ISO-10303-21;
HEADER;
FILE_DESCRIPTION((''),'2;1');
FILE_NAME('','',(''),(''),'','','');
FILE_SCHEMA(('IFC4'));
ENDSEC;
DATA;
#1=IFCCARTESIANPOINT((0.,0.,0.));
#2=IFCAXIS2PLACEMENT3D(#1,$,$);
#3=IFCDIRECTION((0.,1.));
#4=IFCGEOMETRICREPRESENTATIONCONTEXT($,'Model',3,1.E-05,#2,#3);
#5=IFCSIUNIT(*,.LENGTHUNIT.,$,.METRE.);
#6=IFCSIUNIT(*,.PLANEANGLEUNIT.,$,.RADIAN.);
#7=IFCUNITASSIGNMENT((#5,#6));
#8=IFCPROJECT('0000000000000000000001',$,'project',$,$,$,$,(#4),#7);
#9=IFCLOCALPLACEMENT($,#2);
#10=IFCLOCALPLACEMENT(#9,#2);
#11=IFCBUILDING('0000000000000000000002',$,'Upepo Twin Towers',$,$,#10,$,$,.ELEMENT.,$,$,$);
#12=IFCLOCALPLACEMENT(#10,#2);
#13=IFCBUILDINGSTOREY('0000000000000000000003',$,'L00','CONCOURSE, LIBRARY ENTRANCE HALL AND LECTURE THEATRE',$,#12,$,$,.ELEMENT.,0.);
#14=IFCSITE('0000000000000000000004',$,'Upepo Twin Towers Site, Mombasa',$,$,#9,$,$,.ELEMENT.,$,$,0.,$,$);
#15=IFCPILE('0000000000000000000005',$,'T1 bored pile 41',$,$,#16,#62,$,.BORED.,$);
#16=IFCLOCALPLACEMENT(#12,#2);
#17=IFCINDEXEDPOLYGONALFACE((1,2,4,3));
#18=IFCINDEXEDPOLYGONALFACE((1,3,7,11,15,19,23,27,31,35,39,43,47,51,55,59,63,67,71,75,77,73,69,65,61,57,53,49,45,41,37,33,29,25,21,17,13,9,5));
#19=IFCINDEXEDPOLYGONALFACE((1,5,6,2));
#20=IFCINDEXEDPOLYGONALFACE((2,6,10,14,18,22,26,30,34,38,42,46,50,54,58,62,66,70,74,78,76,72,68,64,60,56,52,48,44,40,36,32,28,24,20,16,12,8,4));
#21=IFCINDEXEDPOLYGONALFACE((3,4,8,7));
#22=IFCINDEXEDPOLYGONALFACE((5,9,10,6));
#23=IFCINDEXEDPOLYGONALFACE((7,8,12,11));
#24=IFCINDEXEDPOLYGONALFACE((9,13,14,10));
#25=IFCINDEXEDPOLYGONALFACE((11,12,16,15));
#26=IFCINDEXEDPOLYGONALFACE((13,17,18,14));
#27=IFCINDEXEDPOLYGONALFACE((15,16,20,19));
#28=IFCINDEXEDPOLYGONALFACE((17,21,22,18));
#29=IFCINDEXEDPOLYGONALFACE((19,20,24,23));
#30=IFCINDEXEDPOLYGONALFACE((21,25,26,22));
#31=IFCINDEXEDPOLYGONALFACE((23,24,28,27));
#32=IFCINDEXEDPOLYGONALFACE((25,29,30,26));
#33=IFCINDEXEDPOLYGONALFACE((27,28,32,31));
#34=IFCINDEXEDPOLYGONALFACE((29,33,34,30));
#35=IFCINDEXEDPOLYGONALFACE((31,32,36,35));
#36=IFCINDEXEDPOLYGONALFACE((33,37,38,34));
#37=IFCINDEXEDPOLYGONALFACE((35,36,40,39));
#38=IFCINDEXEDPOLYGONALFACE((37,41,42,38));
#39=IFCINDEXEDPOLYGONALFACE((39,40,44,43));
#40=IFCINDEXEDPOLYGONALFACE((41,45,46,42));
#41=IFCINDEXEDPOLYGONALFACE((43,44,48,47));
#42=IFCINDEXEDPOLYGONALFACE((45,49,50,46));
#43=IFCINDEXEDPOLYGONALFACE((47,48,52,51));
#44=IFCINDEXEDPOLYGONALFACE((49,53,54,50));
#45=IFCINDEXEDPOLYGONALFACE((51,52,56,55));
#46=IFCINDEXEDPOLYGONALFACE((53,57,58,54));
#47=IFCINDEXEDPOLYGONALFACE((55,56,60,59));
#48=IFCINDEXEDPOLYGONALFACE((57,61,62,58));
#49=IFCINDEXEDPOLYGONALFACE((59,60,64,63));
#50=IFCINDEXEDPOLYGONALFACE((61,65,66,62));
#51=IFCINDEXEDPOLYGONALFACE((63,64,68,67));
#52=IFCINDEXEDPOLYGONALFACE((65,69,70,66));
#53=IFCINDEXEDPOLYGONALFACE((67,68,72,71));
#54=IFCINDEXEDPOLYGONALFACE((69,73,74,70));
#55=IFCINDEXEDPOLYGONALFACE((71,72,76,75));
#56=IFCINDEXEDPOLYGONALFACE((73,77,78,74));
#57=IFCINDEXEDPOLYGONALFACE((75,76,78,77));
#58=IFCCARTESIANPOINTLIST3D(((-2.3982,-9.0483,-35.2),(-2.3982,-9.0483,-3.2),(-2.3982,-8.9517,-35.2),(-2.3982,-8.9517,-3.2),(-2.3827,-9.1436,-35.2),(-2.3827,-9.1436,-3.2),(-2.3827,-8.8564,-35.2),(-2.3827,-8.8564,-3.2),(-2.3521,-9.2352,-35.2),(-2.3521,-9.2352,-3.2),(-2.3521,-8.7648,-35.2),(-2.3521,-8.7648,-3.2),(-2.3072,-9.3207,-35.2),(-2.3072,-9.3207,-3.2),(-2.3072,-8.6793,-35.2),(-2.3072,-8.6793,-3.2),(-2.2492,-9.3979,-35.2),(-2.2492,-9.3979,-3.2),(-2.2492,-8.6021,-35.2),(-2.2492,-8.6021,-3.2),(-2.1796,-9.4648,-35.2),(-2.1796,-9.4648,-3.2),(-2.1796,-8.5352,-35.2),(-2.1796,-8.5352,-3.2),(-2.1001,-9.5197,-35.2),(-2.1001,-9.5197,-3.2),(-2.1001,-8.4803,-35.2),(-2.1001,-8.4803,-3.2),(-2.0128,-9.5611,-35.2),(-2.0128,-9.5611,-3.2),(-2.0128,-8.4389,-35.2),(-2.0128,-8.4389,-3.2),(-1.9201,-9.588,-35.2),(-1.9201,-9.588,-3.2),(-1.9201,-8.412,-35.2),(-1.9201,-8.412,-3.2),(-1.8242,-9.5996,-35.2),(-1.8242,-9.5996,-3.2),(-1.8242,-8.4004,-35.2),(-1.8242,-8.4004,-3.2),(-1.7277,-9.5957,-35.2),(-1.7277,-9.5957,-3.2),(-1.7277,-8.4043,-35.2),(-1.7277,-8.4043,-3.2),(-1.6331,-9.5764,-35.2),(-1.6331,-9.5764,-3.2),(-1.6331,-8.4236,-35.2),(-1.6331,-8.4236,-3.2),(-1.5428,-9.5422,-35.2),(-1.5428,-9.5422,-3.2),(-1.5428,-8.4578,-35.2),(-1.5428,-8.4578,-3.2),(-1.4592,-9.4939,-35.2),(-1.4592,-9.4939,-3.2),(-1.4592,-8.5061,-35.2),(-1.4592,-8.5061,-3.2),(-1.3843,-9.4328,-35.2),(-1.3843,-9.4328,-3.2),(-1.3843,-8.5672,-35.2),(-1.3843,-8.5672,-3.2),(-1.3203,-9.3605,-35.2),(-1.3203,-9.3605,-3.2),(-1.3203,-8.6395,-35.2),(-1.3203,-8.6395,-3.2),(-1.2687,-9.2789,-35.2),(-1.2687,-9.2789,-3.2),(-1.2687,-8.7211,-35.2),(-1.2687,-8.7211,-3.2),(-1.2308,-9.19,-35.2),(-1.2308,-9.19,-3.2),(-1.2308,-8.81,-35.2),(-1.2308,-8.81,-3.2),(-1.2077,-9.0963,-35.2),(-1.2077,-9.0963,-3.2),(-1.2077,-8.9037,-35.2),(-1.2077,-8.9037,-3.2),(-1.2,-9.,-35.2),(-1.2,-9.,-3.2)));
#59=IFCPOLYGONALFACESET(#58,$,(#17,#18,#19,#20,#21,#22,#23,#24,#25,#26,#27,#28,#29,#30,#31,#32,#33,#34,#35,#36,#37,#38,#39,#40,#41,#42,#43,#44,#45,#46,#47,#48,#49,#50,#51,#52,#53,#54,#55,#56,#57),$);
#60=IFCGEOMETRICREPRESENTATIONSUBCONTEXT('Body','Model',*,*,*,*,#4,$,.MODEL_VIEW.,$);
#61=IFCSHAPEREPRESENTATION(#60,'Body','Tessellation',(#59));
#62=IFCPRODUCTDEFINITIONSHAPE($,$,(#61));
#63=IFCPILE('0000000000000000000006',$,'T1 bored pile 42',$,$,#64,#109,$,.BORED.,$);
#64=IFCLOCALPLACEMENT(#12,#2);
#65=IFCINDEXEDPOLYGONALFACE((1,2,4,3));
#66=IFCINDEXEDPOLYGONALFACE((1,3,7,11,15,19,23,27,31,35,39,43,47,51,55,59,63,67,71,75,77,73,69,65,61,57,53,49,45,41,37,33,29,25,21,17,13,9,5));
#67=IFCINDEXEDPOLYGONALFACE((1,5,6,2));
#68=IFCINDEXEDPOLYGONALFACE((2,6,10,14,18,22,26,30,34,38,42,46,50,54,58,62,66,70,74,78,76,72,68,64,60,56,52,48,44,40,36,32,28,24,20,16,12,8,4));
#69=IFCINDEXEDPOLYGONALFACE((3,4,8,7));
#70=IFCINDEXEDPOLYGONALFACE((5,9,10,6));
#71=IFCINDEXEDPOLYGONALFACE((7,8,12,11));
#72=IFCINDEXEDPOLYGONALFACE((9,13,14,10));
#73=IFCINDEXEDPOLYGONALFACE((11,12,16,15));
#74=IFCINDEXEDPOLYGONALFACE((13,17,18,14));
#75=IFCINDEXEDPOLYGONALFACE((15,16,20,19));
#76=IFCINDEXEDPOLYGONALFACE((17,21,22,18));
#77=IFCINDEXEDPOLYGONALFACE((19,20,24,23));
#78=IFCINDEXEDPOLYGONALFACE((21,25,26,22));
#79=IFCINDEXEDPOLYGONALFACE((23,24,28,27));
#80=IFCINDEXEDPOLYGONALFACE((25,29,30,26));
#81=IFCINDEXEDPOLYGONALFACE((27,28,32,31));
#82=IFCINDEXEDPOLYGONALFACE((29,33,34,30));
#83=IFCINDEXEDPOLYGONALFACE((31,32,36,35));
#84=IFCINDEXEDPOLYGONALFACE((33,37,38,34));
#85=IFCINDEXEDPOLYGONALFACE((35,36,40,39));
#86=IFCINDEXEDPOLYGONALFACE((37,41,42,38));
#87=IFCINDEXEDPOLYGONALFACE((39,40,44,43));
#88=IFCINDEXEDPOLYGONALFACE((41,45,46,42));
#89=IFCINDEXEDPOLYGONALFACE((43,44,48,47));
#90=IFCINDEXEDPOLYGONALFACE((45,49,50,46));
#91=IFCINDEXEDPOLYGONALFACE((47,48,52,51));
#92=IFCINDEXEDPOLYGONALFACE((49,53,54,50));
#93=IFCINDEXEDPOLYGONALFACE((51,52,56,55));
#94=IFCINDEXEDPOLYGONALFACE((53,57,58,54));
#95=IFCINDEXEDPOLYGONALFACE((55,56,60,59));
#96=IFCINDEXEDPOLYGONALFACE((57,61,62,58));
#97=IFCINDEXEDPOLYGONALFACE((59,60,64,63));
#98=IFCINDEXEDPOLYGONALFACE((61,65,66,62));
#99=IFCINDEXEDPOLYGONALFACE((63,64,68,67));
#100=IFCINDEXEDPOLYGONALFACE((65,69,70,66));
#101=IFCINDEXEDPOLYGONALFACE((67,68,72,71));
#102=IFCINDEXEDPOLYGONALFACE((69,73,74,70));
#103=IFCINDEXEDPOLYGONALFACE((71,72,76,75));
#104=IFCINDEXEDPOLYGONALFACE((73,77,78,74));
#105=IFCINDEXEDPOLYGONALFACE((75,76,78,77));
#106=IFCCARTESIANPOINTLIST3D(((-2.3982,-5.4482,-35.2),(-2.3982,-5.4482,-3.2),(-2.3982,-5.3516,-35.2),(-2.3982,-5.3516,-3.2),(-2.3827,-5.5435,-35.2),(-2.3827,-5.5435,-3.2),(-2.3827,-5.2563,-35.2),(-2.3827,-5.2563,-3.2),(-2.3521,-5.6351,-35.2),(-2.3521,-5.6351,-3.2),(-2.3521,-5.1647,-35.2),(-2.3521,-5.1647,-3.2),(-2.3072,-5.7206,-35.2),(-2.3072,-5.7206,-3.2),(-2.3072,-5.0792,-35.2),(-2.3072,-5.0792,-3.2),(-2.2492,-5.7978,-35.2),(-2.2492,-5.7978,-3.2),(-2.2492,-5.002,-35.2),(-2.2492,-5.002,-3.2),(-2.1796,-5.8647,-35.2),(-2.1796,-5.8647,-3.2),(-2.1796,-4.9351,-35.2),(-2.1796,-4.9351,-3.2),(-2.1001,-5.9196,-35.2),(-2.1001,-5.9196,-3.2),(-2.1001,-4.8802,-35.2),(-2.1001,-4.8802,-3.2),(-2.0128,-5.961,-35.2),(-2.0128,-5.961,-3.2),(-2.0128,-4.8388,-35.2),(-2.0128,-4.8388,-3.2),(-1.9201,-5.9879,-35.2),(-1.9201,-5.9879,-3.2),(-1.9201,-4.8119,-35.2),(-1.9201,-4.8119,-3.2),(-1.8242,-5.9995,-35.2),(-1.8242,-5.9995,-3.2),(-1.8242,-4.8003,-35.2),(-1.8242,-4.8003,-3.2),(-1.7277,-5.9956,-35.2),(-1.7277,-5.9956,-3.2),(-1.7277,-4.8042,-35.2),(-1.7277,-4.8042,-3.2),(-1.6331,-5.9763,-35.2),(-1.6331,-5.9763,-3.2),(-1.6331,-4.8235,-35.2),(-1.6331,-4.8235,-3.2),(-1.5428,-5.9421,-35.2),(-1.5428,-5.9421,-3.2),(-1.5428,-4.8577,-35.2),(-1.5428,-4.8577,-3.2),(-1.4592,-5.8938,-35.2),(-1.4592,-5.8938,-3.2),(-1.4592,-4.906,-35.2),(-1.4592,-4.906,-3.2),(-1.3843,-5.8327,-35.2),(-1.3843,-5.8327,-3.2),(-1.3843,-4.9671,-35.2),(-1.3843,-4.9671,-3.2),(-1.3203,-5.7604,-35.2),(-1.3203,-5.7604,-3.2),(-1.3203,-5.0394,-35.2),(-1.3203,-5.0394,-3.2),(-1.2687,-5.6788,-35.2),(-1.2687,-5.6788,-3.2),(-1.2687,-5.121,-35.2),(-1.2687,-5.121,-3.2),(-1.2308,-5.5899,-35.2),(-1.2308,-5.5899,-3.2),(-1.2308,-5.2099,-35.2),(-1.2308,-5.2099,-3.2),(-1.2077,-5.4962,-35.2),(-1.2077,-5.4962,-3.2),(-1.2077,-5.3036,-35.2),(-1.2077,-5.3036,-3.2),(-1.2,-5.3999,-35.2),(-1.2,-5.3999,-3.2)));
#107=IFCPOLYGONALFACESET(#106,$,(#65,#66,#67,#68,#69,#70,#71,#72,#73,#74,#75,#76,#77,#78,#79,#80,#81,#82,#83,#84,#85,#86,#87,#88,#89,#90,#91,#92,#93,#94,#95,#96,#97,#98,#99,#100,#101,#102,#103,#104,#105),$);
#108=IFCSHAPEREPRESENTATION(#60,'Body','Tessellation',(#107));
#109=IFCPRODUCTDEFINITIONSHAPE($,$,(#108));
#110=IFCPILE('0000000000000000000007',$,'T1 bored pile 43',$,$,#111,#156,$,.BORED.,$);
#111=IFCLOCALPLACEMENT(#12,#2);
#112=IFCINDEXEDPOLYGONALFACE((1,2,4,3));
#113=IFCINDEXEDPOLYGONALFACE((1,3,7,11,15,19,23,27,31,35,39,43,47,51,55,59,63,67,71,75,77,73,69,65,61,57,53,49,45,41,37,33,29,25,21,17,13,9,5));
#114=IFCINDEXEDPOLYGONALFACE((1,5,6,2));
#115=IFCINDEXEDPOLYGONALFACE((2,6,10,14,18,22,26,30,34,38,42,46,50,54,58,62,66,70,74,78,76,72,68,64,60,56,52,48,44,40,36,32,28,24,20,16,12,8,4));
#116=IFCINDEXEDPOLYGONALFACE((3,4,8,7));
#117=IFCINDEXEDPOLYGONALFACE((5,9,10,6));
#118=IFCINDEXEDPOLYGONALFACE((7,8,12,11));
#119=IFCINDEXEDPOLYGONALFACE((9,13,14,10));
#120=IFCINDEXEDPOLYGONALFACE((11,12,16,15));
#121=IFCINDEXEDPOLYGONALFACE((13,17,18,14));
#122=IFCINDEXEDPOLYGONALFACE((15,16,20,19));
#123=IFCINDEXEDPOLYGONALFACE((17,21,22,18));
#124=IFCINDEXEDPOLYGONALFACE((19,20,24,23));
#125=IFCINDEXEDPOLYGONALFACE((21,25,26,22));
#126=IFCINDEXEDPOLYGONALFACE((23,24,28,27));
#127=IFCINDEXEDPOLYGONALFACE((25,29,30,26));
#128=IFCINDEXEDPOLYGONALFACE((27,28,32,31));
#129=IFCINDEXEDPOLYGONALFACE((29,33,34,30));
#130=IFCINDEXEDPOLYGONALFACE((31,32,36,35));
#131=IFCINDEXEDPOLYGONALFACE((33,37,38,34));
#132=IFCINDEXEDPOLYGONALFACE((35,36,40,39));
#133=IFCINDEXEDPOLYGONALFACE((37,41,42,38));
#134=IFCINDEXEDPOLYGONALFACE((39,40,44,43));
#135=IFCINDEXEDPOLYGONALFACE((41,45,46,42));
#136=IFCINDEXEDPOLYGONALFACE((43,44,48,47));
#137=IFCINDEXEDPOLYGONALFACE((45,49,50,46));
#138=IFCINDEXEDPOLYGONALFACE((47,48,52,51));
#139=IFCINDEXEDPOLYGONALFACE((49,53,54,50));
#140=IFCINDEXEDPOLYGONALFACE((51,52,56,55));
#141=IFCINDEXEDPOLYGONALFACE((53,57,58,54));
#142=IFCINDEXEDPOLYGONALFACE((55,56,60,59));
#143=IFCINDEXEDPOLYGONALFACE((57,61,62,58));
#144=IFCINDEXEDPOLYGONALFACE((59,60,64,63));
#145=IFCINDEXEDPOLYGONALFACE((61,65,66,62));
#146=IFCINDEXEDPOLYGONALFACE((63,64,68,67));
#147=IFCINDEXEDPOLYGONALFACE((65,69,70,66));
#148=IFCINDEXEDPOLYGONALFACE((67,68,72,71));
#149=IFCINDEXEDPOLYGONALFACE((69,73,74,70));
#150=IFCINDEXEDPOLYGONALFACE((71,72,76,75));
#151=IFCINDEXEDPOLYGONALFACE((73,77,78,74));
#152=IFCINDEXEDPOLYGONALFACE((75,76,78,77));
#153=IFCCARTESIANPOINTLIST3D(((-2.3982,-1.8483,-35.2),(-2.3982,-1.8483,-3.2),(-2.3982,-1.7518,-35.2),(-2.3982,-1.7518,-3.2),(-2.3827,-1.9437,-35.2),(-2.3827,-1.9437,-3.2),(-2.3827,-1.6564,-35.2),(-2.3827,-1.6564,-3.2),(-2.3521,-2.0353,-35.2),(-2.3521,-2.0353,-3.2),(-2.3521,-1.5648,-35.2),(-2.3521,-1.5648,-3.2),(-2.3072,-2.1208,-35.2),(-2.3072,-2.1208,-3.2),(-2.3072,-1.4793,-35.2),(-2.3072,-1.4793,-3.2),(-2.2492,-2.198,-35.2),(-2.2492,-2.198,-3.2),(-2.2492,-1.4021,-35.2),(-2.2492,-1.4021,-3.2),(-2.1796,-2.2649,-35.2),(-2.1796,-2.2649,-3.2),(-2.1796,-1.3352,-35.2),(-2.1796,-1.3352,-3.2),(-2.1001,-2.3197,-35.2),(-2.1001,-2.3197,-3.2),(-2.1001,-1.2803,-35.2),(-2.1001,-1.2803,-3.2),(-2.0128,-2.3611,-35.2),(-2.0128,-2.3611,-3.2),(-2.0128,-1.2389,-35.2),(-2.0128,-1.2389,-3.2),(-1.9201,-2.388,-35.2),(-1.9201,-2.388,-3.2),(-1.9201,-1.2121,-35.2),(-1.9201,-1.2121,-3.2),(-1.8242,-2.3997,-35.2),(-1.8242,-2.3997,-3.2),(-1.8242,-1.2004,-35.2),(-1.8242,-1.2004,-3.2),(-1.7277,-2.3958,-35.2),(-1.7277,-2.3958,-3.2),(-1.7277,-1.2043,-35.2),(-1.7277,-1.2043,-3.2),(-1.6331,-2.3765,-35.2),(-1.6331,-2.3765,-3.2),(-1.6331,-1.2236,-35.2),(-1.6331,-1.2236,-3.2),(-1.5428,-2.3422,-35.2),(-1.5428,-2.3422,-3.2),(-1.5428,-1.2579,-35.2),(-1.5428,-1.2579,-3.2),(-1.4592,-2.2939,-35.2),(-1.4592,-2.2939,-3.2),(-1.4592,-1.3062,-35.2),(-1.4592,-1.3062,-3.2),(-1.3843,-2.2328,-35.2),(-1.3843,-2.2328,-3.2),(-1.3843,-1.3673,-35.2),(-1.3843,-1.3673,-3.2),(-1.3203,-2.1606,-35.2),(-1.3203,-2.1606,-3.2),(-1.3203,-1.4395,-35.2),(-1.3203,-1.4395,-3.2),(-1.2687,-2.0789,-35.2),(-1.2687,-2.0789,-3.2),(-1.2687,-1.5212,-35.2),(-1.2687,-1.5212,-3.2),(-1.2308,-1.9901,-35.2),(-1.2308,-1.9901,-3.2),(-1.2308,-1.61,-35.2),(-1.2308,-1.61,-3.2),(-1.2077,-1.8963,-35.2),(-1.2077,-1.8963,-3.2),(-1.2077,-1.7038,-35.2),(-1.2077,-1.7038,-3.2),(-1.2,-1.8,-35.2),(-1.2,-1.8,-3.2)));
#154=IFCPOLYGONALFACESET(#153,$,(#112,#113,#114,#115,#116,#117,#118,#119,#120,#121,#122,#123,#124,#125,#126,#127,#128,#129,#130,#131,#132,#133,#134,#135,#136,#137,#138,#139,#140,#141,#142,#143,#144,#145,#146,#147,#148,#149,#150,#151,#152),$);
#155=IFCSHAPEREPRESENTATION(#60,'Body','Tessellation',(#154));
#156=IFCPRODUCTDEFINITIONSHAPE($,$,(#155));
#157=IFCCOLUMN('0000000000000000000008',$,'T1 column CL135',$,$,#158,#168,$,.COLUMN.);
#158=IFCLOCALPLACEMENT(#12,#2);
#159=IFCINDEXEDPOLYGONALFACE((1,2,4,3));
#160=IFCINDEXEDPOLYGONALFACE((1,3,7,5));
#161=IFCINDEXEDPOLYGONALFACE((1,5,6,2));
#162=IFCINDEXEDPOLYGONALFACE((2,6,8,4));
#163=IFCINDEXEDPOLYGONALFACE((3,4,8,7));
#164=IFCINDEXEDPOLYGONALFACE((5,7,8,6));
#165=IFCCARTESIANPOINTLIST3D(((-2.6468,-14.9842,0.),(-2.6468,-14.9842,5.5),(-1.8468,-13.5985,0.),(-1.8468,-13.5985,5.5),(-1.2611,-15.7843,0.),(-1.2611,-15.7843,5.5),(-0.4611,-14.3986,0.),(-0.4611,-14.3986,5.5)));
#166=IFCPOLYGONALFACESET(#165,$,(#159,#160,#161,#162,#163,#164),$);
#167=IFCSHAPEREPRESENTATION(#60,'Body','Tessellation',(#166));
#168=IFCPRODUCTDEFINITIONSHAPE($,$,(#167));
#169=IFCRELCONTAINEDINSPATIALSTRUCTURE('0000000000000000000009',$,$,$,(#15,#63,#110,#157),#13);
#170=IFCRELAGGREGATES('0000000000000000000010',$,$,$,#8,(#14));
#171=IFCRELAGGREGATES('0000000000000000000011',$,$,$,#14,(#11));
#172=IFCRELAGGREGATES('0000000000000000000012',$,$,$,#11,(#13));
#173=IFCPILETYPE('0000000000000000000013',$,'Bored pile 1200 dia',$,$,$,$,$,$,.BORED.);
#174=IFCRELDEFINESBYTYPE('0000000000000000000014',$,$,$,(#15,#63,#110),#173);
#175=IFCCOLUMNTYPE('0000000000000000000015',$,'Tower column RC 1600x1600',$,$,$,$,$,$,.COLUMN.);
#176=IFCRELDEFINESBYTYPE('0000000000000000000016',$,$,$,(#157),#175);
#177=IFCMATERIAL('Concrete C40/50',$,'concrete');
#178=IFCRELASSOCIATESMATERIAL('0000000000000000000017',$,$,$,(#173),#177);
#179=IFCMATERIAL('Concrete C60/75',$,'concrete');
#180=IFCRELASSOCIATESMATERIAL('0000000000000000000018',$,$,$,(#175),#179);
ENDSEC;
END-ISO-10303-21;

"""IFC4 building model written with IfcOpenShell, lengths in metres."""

from ifc_helpers import new_model, si_unit, direction, frame, origin, origin_2d, place, context, subcontext, project, spatial, rectangle, circle, extrude, material, material_profile, profile_set, type_object, element, save


model = new_model("IFC4")

# Units and contexts
model_context = context("Model", 3, precision=1e-05, world=origin(), true_north=direction((0.0, 1.0)))
body_context = subcontext(model_context, "Body", "Model", "MODEL_VIEW")
ifc_project = project(units=[si_unit("LENGTHUNIT", "METRE"), si_unit("PLANEANGLEUNIT", "RADIAN")], contexts=[model_context])

# Site, building, storey
site_placement = place(None, origin())
site = spatial("IfcSite", under=ifc_project, at=site_placement, Name="Upepo Twin Towers Site, Mombasa", CompositionType="ELEMENT", RefElevation=0.0)
building_placement = place(site_placement, origin())
building = spatial("IfcBuilding", under=site, at=building_placement, Name="Upepo Twin Towers", CompositionType="ELEMENT")
storey_placement = place(building_placement, origin())
storey = spatial("IfcBuildingStorey", under=building, at=storey_placement, Name="L00", Description="CONCOURSE, LIBRARY ENTRANCE HALL AND LECTURE THEATRE", CompositionType="ELEMENT", Elevation=0.0)

# Piles
ifc_material_1 = material(Name="Concrete C40/50", Category="concrete")
pile_type = type_object("IfcPileType", Name="Bored pile 1200 dia", PredefinedType="BORED", material=ifc_material_1)
for number, where, z_axis, x_axis, name in (
    (1, (-1.8, -9.0, -3.2), (0.0, 0.0, -1.0), (1.0, 0.0, 0.0), "T1 bored pile 41"),
    (2, (-1.8, -5.3999, -3.2), (0.0, 0.0, -1.0), (1.0, 0.0, 0.0), "T1 bored pile 42"),
    (3, (-1.8, -1.8, -3.2), (0.0, 0.0, -1.0), (1.0, 0.0, 0.0), "T1 bored pile 43"),
):
    element("IfcPile", number, at=place(storey_placement, frame(where, z_axis=z_axis, x_axis=x_axis)), inside=storey, type_object=pile_type, Name=name, PredefinedType="BORED", context=body_context, shape_type="SweptSolid", body=[
        extrude(circle(Radius=0.6001, at=origin_2d()), origin(), (0.0, 0.0, 1.0), 32.0),
    ])

# Column
ifc_material_2 = material(Name="Concrete C60/75", Category="concrete")
ifc_material_profile_1 = material_profile(ifc_material_2, rectangle(XDim=1.6001, YDim=1.6001, at=origin_2d()), Name="RC 1600x1600")
ifc_profile_set_1 = profile_set([ifc_material_profile_1], Name="Concrete C60/75")
column_type = type_object("IfcColumnType", Name="Tower column RC 1600x1600", PredefinedType="COLUMN", material=ifc_profile_set_1)
column_placement = place(storey_placement, frame((-1.554, -14.6914, 0.0), z_axis=(0.0, 0.0, 1.0), x_axis=(0.5, 0.866025, 0.0)))
element("IfcColumn", 4, at=column_placement, inside=storey, type_object=column_type, Name="T1 column CL135", PredefinedType="COLUMN", context=body_context, shape_type="SweptSolid", body=[
    extrude(rectangle(XDim=1.6001, YDim=1.6001, at=origin_2d()), origin(), (0.0, 0.0, 1.0), 5.5),
])

save(model, "model.ifc")
